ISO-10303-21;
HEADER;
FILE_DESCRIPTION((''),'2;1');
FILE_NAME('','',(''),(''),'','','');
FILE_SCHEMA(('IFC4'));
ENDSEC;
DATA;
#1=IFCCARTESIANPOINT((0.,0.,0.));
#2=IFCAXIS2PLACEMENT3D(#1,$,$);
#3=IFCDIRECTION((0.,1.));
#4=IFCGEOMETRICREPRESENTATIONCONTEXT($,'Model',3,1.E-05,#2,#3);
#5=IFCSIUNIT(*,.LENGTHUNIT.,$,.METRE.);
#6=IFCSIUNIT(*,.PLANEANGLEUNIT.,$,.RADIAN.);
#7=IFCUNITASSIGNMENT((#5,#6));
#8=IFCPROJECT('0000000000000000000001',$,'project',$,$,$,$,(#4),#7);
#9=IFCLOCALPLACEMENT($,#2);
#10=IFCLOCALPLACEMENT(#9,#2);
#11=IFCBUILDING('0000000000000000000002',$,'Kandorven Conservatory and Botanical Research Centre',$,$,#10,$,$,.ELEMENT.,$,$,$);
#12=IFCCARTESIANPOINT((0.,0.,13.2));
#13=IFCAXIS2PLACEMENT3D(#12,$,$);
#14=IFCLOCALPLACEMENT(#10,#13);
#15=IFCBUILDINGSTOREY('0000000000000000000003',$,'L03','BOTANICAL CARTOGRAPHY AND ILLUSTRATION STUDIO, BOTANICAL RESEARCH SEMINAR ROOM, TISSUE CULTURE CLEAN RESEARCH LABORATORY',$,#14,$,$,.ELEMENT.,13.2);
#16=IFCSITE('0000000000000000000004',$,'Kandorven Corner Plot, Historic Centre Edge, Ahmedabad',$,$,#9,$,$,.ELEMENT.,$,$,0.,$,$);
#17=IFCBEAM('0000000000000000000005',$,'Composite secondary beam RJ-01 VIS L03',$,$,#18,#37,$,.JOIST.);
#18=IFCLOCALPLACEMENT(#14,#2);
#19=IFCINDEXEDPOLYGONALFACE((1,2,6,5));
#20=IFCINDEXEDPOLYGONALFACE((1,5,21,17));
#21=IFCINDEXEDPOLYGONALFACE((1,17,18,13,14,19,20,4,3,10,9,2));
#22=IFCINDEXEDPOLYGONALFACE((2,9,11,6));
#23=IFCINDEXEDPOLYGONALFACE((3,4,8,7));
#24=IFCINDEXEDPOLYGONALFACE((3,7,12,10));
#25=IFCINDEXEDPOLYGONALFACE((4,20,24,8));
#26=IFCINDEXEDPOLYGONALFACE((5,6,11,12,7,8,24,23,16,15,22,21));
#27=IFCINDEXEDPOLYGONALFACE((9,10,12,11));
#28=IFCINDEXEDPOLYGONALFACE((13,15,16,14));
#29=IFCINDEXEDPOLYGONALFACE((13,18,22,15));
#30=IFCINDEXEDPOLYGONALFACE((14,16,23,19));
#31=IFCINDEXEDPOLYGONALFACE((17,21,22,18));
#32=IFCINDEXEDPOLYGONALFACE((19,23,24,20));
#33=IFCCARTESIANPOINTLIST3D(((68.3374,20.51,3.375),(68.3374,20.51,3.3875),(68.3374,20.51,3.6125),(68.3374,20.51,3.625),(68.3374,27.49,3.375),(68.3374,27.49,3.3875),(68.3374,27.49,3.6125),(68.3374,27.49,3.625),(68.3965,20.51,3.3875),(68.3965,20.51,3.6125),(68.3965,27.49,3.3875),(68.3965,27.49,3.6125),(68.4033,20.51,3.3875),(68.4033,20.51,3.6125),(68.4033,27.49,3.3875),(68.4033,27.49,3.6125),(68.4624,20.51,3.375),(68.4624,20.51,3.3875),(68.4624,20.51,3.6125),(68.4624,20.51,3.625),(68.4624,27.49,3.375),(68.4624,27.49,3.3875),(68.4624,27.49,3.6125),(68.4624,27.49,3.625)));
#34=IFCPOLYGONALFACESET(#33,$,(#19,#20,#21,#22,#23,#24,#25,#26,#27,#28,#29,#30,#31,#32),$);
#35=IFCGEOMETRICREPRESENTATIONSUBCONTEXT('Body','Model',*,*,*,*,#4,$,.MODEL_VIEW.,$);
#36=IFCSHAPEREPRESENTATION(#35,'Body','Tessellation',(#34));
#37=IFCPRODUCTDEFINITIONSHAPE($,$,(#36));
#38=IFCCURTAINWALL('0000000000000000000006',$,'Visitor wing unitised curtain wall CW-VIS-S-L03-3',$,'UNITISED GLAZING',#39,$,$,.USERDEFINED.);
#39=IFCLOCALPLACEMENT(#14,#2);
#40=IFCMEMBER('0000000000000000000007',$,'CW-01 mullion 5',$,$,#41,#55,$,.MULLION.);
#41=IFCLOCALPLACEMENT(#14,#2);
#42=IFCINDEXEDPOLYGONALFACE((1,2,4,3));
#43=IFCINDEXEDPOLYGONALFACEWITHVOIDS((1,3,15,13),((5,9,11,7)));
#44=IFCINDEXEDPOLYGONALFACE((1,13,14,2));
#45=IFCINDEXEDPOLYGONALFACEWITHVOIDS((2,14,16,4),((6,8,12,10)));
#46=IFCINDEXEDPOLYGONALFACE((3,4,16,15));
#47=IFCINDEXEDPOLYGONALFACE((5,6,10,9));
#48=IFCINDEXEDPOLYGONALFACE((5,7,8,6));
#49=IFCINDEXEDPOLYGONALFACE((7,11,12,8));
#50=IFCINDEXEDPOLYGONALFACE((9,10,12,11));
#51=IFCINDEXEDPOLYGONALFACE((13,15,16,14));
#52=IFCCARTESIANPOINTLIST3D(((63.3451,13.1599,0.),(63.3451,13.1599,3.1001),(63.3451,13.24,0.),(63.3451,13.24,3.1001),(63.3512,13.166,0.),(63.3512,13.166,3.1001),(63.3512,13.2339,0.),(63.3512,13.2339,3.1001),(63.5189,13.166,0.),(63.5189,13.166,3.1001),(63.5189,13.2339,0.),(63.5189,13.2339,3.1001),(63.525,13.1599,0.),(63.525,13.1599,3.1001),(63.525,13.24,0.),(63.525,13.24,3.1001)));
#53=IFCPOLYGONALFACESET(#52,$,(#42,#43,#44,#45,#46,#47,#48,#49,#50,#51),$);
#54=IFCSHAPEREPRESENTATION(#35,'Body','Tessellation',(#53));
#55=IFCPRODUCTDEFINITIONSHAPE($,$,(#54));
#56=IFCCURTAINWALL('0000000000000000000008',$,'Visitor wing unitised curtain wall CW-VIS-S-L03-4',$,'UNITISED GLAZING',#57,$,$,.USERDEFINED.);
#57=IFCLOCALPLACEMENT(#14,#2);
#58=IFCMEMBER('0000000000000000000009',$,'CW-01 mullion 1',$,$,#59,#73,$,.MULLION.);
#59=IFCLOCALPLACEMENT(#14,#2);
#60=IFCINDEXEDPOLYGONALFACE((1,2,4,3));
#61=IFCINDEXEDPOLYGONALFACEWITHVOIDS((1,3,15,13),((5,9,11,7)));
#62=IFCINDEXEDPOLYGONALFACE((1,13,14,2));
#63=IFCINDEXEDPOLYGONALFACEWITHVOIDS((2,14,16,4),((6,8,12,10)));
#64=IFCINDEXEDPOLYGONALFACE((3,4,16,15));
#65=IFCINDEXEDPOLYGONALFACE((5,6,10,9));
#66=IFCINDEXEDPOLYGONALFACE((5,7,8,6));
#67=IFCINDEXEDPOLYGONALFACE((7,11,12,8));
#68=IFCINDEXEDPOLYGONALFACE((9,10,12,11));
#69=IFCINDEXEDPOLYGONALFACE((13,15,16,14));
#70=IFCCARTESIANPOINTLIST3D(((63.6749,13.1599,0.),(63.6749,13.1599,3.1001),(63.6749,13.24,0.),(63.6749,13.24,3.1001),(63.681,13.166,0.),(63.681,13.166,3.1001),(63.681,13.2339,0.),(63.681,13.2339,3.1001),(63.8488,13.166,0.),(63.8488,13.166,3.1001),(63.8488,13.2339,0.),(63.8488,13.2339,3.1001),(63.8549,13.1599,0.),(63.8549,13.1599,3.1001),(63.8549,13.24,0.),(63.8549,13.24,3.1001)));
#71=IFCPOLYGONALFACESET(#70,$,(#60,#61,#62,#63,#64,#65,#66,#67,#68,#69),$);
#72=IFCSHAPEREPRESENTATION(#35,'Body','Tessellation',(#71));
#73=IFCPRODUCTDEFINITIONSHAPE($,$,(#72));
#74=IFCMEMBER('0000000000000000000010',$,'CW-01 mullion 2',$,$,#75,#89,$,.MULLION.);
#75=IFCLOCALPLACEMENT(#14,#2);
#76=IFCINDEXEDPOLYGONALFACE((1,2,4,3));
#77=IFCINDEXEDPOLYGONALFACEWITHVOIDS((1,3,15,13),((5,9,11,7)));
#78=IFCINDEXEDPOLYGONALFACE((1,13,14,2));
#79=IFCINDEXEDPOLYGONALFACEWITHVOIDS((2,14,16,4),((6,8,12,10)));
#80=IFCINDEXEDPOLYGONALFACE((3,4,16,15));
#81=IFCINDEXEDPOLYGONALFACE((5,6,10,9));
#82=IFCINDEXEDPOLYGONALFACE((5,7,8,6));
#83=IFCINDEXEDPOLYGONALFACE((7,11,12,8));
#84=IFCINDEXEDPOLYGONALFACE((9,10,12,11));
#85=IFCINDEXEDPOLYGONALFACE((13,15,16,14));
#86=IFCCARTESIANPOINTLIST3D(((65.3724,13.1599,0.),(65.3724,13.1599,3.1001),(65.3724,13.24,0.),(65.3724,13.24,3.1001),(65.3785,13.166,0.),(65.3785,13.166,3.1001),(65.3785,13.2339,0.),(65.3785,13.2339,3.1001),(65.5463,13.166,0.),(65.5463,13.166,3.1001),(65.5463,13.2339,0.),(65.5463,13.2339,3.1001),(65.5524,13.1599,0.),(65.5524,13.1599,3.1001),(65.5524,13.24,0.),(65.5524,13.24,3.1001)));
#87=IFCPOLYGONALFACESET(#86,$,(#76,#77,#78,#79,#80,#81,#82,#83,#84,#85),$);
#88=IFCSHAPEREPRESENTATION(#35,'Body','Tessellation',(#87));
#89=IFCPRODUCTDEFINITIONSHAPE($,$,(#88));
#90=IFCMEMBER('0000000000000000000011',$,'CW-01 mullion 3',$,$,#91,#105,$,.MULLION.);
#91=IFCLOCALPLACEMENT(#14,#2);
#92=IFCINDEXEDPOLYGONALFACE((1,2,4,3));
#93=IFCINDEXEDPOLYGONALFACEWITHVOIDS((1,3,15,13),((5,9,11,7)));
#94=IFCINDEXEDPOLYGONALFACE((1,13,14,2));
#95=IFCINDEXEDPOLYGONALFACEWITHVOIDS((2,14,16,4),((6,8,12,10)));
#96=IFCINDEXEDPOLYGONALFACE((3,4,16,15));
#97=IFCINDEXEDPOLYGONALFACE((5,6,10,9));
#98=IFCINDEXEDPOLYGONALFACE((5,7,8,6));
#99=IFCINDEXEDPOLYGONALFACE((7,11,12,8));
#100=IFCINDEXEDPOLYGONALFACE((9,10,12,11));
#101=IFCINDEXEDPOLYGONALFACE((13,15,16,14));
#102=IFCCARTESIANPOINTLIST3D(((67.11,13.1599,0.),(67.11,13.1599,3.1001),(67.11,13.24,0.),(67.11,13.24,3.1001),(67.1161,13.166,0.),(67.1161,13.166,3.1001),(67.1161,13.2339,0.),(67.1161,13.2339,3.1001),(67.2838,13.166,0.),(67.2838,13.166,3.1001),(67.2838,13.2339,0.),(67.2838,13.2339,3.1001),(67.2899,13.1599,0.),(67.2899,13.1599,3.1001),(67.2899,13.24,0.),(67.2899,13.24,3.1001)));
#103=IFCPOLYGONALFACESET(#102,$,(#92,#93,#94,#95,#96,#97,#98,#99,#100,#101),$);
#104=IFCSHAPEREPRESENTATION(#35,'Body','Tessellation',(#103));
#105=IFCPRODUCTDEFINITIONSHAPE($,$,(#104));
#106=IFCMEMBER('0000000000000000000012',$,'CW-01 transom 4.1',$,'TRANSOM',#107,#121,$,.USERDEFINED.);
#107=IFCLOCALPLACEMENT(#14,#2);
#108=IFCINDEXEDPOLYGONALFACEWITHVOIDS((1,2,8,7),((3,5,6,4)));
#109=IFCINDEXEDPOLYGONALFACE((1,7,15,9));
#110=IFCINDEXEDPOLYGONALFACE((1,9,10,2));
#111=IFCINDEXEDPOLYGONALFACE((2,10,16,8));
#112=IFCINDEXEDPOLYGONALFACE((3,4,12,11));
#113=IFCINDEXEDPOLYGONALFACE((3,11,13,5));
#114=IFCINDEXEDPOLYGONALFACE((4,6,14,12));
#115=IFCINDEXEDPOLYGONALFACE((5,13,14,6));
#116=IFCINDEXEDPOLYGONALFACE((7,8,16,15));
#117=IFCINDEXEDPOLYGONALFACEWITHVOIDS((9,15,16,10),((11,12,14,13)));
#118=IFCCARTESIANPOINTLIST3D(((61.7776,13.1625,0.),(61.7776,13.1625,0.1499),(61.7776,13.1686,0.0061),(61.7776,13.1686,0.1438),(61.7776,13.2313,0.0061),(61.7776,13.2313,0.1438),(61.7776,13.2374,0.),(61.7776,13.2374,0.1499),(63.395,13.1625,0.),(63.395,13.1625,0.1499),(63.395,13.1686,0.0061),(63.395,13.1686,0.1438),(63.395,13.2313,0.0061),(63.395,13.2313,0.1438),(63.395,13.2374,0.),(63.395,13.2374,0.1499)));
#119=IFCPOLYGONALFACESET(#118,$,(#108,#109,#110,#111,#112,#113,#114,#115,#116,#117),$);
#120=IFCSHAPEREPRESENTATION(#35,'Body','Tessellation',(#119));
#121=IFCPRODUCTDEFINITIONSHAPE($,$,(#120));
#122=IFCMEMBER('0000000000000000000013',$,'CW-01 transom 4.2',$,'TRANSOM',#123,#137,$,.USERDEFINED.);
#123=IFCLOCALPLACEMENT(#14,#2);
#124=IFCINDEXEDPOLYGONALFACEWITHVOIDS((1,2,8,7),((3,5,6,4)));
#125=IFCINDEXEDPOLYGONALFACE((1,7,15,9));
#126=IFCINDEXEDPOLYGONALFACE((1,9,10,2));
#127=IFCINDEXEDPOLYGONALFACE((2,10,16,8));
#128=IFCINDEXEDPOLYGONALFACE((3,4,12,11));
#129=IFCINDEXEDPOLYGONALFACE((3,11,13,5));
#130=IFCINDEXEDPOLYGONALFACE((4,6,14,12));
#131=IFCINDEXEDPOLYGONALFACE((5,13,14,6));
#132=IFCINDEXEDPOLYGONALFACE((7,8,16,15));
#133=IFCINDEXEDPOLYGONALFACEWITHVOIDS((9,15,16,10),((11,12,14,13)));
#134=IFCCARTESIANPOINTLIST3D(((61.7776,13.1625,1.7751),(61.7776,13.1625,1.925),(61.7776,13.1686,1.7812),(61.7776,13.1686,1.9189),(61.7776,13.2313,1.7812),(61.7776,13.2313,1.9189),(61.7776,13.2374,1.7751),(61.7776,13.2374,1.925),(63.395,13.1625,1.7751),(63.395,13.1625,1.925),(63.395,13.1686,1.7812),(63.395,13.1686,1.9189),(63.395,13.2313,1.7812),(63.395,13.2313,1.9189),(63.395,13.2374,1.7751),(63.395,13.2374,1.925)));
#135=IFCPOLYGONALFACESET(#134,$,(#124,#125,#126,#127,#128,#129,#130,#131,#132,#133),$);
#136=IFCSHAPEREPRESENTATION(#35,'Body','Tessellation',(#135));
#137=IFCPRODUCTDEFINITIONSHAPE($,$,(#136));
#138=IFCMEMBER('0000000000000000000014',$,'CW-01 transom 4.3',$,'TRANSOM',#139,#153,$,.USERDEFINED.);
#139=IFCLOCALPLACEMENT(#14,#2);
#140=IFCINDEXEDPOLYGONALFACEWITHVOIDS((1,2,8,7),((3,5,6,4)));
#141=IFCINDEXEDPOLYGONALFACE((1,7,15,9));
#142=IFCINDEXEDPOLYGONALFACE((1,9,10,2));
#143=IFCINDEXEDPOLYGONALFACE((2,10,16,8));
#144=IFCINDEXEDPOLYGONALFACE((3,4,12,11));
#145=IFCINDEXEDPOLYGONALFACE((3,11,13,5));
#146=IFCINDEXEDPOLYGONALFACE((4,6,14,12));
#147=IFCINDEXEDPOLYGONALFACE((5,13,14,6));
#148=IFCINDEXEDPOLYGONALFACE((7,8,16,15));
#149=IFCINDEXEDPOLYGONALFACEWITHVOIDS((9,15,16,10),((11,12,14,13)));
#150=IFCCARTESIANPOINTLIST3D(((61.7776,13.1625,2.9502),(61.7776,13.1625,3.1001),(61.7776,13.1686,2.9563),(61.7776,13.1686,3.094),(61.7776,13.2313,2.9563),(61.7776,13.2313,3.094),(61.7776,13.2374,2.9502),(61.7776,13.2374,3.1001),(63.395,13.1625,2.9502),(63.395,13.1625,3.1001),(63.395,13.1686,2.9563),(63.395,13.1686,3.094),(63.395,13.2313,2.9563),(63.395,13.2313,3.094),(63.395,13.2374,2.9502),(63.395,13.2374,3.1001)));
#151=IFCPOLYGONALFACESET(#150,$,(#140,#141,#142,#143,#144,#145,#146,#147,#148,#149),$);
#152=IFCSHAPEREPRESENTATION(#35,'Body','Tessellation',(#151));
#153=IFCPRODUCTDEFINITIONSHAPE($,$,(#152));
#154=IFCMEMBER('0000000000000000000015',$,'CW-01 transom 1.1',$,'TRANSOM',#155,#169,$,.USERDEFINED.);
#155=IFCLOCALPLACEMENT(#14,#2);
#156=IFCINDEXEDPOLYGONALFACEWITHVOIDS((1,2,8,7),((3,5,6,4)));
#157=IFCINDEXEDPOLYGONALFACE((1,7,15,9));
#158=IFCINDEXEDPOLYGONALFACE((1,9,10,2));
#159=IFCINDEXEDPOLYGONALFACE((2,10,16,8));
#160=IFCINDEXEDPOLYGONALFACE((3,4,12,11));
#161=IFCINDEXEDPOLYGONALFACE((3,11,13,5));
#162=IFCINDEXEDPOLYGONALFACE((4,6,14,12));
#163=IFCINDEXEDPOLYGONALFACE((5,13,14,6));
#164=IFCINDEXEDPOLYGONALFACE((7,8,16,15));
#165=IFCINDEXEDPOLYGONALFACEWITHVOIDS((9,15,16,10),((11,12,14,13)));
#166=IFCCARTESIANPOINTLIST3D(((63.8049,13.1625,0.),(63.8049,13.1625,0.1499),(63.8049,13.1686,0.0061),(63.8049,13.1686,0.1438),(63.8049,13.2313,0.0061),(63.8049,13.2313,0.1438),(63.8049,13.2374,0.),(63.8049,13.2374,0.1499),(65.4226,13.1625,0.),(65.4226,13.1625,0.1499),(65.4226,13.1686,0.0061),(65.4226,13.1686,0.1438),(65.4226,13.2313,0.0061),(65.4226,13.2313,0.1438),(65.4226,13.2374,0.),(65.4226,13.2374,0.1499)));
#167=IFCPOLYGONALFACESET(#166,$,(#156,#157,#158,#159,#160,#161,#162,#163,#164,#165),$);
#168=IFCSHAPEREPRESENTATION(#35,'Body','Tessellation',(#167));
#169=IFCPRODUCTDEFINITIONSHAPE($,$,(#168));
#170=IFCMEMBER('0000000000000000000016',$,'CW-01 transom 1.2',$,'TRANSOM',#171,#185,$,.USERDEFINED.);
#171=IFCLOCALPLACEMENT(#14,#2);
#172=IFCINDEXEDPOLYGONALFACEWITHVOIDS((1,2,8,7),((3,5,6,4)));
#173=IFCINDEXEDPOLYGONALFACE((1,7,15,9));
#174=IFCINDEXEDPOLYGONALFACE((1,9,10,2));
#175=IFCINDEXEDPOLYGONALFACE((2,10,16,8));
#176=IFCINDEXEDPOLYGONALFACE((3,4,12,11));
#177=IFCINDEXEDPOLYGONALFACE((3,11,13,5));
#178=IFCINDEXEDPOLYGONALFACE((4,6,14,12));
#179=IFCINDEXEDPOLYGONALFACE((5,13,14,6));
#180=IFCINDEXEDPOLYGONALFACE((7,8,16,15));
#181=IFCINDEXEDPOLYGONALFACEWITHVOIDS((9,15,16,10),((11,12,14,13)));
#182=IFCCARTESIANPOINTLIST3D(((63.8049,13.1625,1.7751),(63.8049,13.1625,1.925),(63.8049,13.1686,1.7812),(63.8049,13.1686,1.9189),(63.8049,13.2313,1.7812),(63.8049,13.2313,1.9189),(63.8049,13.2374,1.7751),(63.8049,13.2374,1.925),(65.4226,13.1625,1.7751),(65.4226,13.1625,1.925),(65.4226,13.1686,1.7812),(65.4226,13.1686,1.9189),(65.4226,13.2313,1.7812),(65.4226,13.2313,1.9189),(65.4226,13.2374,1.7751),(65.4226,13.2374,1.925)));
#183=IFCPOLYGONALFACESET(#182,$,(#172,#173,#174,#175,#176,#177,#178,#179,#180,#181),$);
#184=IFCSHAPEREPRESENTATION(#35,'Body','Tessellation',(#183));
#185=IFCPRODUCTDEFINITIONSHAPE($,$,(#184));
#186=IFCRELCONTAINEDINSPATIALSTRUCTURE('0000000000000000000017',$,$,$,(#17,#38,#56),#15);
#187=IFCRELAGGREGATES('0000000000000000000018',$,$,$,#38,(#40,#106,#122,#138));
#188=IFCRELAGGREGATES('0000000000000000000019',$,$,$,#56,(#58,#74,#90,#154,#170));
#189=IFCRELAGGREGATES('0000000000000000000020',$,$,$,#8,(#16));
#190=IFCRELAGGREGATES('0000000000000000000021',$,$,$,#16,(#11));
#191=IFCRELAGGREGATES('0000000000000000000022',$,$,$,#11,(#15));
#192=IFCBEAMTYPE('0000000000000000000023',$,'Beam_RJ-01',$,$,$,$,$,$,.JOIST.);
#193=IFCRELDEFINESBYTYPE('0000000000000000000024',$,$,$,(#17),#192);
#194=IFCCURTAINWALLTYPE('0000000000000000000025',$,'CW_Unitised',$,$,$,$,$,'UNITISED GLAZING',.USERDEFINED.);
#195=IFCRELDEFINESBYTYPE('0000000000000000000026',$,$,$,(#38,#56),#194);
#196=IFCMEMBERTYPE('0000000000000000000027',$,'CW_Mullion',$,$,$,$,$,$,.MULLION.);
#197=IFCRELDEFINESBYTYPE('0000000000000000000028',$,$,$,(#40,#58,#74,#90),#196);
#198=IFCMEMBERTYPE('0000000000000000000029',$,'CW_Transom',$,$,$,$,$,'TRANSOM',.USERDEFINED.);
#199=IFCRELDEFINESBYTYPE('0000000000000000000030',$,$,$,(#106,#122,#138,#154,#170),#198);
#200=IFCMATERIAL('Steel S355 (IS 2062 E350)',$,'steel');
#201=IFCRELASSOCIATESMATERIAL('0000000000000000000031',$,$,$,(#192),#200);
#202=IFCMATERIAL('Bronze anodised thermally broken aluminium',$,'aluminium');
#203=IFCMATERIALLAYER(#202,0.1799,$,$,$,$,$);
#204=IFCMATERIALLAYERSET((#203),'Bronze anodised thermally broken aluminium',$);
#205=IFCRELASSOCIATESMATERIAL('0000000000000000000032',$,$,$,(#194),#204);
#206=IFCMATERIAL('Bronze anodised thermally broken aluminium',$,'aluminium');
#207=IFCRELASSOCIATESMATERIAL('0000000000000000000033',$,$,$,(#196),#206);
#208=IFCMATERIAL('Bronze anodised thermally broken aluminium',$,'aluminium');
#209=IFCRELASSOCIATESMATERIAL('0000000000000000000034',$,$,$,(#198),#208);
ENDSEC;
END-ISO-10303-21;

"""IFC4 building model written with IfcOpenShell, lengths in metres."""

from ifc_helpers import new_model, si_unit, direction, frame, origin, origin_2d, place, context, subcontext, project, spatial, hollow_rectangle, i_section, extrude, material, layer, layer_set, material_profile, profile_set, type_object, element, aggregate, save


model = new_model("IFC4")

# Units and contexts
model_context = context("Model", 3, precision=1e-05, world=origin(), true_north=direction((0.0, 1.0)))
body_context = subcontext(model_context, "Body", "Model", "MODEL_VIEW")
ifc_project = project(units=[si_unit("LENGTHUNIT", "METRE"), si_unit("PLANEANGLEUNIT", "RADIAN")], contexts=[model_context])

# Site, building, storey
site_placement = place(None, origin())
site = spatial("IfcSite", under=ifc_project, at=site_placement, Name="Kandorven Corner Plot, Historic Centre Edge, Ahmedabad", CompositionType="ELEMENT", RefElevation=0.0)
building_placement = place(site_placement, origin())
building = spatial("IfcBuilding", under=site, at=building_placement, Name="Kandorven Conservatory and Botanical Research Centre", CompositionType="ELEMENT")
storey_placement = place(building_placement, frame((0.0, 0.0, 13.2)))
storey = spatial("IfcBuildingStorey", under=building, at=storey_placement, Name="L03", Description="BOTANICAL CARTOGRAPHY AND ILLUSTRATION STUDIO, BOTANICAL RESEARCH SEMINAR ROOM, TISSUE CULTURE CLEAN RESEARCH LABORATORY", CompositionType="ELEMENT", Elevation=13.2)

# Beam
ifc_material_1 = material(Name="Steel S355 (IS 2062 E350)", Category="steel")
ifc_material_profile_1 = material_profile(ifc_material_1, i_section(OverallWidth=0.125, OverallDepth=0.25, WebThickness=0.0068, FlangeThickness=0.0125, at=origin_2d()))
ifc_profile_set_1 = profile_set([ifc_material_profile_1], Name="Steel S355 (IS 2062 E350)")
beam_type_1 = type_object("IfcBeamType", Name="Beam_RJ-01", PredefinedType="JOIST", material=ifc_profile_set_1)
for number, where, z_axis, x_axis, name in (
    (1, (68.3999, 20.51, 3.5), (0.0, 1.0, 0.0), (-1.0, 0.0, 0.0), "Composite secondary beam RJ-01 VIS L03"),
):
    element("IfcBeam", number, at=place(storey_placement, frame(where, z_axis=z_axis, x_axis=x_axis)), inside=storey, type_object=beam_type_1, Name=name, PredefinedType="JOIST", context=body_context, shape_type="SweptSolid", body=[
        extrude(i_section(OverallWidth=0.125, OverallDepth=0.25, WebThickness=0.0068, FlangeThickness=0.0125, at=origin_2d()), origin(), (0.0, 0.0, 1.0), 6.98),
    ])

# Curtain wall, member
ifc_material_2 = material(Name="Bronze anodised thermally broken aluminium", Category="aluminium")
ifc_layer_1 = layer(ifc_material_2, 0.1799)
ifc_layer_set_1 = layer_set([ifc_layer_1], Name="Bronze anodised thermally broken aluminium")
curtain_wall_type = type_object("IfcCurtainWallType", Name="CW_Unitised", ElementType="UNITISED GLAZING", PredefinedType="USERDEFINED", material=ifc_layer_set_1)
curtain_wall_1_placement = place(storey_placement, origin())
curtain_wall_1 = element("IfcCurtainWall", 2, at=curtain_wall_1_placement, inside=storey, type_object=curtain_wall_type, Name="Visitor wing unitised curtain wall CW-VIS-S-L03-3", ObjectType="UNITISED GLAZING", PredefinedType="USERDEFINED")
ifc_material_3 = material(Name="Bronze anodised thermally broken aluminium", Category="aluminium")
ifc_material_profile_2 = material_profile(ifc_material_3, hollow_rectangle(XDim=0.0801, YDim=0.1799, WallThickness=0.0061, at=origin_2d()))
ifc_profile_set_2 = profile_set([ifc_material_profile_2], Name="Bronze anodised thermally broken aluminium")
member_type_1 = type_object("IfcMemberType", Name="CW_Mullion", PredefinedType="MULLION", material=ifc_profile_set_2)
member_1_placement = place(storey_placement, frame((63.4351, 13.2, 0.0), z_axis=(0.0, 0.0, 1.0), x_axis=(0.0, 1.0, 0.0)))
member_1 = element("IfcMember", 3, at=member_1_placement, type_object=member_type_1, Name="CW-01 mullion 5", PredefinedType="MULLION", context=body_context, shape_type="SweptSolid", body=[
    extrude(hollow_rectangle(XDim=0.0801, YDim=0.1799, WallThickness=0.0061, at=origin_2d()), origin(), (0.0, 0.0, 1.0), 3.1001),
])

# Curtain wall, members
curtain_wall_2_placement = place(storey_placement, origin())
curtain_wall_2 = element("IfcCurtainWall", 4, at=curtain_wall_2_placement, inside=storey, type_object=curtain_wall_type, Name="Visitor wing unitised curtain wall CW-VIS-S-L03-4", ObjectType="UNITISED GLAZING", PredefinedType="USERDEFINED")
member_2_placement = place(storey_placement, frame((63.7649, 13.2, 0.0), z_axis=(0.0, 0.0, 1.0), x_axis=(0.0, 1.0, 0.0)))
member_2 = element("IfcMember", 5, at=member_2_placement, type_object=member_type_1, Name="CW-01 mullion 1", PredefinedType="MULLION", context=body_context, shape_type="SweptSolid", body=[
    extrude(hollow_rectangle(XDim=0.0801, YDim=0.1799, WallThickness=0.0061, at=origin_2d()), origin(), (0.0, 0.0, 1.0), 3.1001),
])
member_3_placement = place(storey_placement, frame((65.4624, 13.2, 0.0), z_axis=(0.0, 0.0, 1.0), x_axis=(0.0, 1.0, 0.0)))
member_3 = element("IfcMember", 6, at=member_3_placement, type_object=member_type_1, Name="CW-01 mullion 2", PredefinedType="MULLION", context=body_context, shape_type="SweptSolid", body=[
    extrude(hollow_rectangle(XDim=0.0801, YDim=0.1799, WallThickness=0.0061, at=origin_2d()), origin(), (0.0, 0.0, 1.0), 3.1001),
])
member_4_placement = place(storey_placement, frame((67.2, 13.2, 0.0), z_axis=(0.0, 0.0, 1.0), x_axis=(0.0, 1.0, 0.0)))
member_4 = element("IfcMember", 7, at=member_4_placement, type_object=member_type_1, Name="CW-01 mullion 3", PredefinedType="MULLION", context=body_context, shape_type="SweptSolid", body=[
    extrude(hollow_rectangle(XDim=0.0801, YDim=0.1799, WallThickness=0.0061, at=origin_2d()), origin(), (0.0, 0.0, 1.0), 3.1001),
])

# Members
ifc_material_4 = material(Name="Bronze anodised thermally broken aluminium", Category="aluminium")
ifc_material_profile_3 = material_profile(ifc_material_4, hollow_rectangle(XDim=0.075, YDim=0.1499, WallThickness=0.0061, at=origin_2d()))
ifc_profile_set_3 = profile_set([ifc_material_profile_3], Name="Bronze anodised thermally broken aluminium")
member_type_2 = type_object("IfcMemberType", Name="CW_Transom", ElementType="TRANSOM", PredefinedType="USERDEFINED", material=ifc_profile_set_3)
member_5_placement = place(storey_placement, frame((61.7776, 13.2, 0.075), z_axis=(1.0, 0.0, 0.0), x_axis=(0.0, 1.0, 0.0)))
member_5 = element("IfcMember", 8, at=member_5_placement, type_object=member_type_2, Name="CW-01 transom 4.1", ObjectType="TRANSOM", PredefinedType="USERDEFINED", context=body_context, shape_type="SweptSolid", body=[
    extrude(hollow_rectangle(XDim=0.075, YDim=0.1499, WallThickness=0.0061, at=origin_2d()), origin(), (0.0, 0.0, 1.0), 1.6174),
])
member_6_placement = place(storey_placement, frame((61.7776, 13.2, 1.8501), z_axis=(1.0, 0.0, 0.0), x_axis=(0.0, 1.0, 0.0)))
member_6 = element("IfcMember", 9, at=member_6_placement, type_object=member_type_2, Name="CW-01 transom 4.2", ObjectType="TRANSOM", PredefinedType="USERDEFINED", context=body_context, shape_type="SweptSolid", body=[
    extrude(hollow_rectangle(XDim=0.075, YDim=0.1499, WallThickness=0.0061, at=origin_2d()), origin(), (0.0, 0.0, 1.0), 1.6174),
])
member_7_placement = place(storey_placement, frame((61.7776, 13.2, 3.0251), z_axis=(1.0, 0.0, 0.0), x_axis=(0.0, 1.0, 0.0)))
member_7 = element("IfcMember", 10, at=member_7_placement, type_object=member_type_2, Name="CW-01 transom 4.3", ObjectType="TRANSOM", PredefinedType="USERDEFINED", context=body_context, shape_type="SweptSolid", body=[
    extrude(hollow_rectangle(XDim=0.075, YDim=0.1499, WallThickness=0.0061, at=origin_2d()), origin(), (0.0, 0.0, 1.0), 1.6174),
])
member_8_placement = place(storey_placement, frame((63.8049, 13.2, 0.075), z_axis=(1.0, 0.0, 0.0), x_axis=(0.0, 1.0, 0.0)))
member_8 = element("IfcMember", 11, at=member_8_placement, type_object=member_type_2, Name="CW-01 transom 1.1", ObjectType="TRANSOM", PredefinedType="USERDEFINED", context=body_context, shape_type="SweptSolid", body=[
    extrude(hollow_rectangle(XDim=0.075, YDim=0.1499, WallThickness=0.0061, at=origin_2d()), origin(), (0.0, 0.0, 1.0), 1.6177),
])
member_9_placement = place(storey_placement, frame((63.8049, 13.2, 1.8501), z_axis=(1.0, 0.0, 0.0), x_axis=(0.0, 1.0, 0.0)))
member_9 = element("IfcMember", 12, at=member_9_placement, type_object=member_type_2, Name="CW-01 transom 1.2", ObjectType="TRANSOM", PredefinedType="USERDEFINED", context=body_context, shape_type="SweptSolid", body=[
    extrude(hollow_rectangle(XDim=0.075, YDim=0.1499, WallThickness=0.0061, at=origin_2d()), origin(), (0.0, 0.0, 1.0), 1.6177),
])

aggregate(curtain_wall_1, [member_1, member_5, member_6, member_7])
aggregate(curtain_wall_2, [member_2, member_3, member_4, member_8, member_9])

save(model, "model.ifc")
